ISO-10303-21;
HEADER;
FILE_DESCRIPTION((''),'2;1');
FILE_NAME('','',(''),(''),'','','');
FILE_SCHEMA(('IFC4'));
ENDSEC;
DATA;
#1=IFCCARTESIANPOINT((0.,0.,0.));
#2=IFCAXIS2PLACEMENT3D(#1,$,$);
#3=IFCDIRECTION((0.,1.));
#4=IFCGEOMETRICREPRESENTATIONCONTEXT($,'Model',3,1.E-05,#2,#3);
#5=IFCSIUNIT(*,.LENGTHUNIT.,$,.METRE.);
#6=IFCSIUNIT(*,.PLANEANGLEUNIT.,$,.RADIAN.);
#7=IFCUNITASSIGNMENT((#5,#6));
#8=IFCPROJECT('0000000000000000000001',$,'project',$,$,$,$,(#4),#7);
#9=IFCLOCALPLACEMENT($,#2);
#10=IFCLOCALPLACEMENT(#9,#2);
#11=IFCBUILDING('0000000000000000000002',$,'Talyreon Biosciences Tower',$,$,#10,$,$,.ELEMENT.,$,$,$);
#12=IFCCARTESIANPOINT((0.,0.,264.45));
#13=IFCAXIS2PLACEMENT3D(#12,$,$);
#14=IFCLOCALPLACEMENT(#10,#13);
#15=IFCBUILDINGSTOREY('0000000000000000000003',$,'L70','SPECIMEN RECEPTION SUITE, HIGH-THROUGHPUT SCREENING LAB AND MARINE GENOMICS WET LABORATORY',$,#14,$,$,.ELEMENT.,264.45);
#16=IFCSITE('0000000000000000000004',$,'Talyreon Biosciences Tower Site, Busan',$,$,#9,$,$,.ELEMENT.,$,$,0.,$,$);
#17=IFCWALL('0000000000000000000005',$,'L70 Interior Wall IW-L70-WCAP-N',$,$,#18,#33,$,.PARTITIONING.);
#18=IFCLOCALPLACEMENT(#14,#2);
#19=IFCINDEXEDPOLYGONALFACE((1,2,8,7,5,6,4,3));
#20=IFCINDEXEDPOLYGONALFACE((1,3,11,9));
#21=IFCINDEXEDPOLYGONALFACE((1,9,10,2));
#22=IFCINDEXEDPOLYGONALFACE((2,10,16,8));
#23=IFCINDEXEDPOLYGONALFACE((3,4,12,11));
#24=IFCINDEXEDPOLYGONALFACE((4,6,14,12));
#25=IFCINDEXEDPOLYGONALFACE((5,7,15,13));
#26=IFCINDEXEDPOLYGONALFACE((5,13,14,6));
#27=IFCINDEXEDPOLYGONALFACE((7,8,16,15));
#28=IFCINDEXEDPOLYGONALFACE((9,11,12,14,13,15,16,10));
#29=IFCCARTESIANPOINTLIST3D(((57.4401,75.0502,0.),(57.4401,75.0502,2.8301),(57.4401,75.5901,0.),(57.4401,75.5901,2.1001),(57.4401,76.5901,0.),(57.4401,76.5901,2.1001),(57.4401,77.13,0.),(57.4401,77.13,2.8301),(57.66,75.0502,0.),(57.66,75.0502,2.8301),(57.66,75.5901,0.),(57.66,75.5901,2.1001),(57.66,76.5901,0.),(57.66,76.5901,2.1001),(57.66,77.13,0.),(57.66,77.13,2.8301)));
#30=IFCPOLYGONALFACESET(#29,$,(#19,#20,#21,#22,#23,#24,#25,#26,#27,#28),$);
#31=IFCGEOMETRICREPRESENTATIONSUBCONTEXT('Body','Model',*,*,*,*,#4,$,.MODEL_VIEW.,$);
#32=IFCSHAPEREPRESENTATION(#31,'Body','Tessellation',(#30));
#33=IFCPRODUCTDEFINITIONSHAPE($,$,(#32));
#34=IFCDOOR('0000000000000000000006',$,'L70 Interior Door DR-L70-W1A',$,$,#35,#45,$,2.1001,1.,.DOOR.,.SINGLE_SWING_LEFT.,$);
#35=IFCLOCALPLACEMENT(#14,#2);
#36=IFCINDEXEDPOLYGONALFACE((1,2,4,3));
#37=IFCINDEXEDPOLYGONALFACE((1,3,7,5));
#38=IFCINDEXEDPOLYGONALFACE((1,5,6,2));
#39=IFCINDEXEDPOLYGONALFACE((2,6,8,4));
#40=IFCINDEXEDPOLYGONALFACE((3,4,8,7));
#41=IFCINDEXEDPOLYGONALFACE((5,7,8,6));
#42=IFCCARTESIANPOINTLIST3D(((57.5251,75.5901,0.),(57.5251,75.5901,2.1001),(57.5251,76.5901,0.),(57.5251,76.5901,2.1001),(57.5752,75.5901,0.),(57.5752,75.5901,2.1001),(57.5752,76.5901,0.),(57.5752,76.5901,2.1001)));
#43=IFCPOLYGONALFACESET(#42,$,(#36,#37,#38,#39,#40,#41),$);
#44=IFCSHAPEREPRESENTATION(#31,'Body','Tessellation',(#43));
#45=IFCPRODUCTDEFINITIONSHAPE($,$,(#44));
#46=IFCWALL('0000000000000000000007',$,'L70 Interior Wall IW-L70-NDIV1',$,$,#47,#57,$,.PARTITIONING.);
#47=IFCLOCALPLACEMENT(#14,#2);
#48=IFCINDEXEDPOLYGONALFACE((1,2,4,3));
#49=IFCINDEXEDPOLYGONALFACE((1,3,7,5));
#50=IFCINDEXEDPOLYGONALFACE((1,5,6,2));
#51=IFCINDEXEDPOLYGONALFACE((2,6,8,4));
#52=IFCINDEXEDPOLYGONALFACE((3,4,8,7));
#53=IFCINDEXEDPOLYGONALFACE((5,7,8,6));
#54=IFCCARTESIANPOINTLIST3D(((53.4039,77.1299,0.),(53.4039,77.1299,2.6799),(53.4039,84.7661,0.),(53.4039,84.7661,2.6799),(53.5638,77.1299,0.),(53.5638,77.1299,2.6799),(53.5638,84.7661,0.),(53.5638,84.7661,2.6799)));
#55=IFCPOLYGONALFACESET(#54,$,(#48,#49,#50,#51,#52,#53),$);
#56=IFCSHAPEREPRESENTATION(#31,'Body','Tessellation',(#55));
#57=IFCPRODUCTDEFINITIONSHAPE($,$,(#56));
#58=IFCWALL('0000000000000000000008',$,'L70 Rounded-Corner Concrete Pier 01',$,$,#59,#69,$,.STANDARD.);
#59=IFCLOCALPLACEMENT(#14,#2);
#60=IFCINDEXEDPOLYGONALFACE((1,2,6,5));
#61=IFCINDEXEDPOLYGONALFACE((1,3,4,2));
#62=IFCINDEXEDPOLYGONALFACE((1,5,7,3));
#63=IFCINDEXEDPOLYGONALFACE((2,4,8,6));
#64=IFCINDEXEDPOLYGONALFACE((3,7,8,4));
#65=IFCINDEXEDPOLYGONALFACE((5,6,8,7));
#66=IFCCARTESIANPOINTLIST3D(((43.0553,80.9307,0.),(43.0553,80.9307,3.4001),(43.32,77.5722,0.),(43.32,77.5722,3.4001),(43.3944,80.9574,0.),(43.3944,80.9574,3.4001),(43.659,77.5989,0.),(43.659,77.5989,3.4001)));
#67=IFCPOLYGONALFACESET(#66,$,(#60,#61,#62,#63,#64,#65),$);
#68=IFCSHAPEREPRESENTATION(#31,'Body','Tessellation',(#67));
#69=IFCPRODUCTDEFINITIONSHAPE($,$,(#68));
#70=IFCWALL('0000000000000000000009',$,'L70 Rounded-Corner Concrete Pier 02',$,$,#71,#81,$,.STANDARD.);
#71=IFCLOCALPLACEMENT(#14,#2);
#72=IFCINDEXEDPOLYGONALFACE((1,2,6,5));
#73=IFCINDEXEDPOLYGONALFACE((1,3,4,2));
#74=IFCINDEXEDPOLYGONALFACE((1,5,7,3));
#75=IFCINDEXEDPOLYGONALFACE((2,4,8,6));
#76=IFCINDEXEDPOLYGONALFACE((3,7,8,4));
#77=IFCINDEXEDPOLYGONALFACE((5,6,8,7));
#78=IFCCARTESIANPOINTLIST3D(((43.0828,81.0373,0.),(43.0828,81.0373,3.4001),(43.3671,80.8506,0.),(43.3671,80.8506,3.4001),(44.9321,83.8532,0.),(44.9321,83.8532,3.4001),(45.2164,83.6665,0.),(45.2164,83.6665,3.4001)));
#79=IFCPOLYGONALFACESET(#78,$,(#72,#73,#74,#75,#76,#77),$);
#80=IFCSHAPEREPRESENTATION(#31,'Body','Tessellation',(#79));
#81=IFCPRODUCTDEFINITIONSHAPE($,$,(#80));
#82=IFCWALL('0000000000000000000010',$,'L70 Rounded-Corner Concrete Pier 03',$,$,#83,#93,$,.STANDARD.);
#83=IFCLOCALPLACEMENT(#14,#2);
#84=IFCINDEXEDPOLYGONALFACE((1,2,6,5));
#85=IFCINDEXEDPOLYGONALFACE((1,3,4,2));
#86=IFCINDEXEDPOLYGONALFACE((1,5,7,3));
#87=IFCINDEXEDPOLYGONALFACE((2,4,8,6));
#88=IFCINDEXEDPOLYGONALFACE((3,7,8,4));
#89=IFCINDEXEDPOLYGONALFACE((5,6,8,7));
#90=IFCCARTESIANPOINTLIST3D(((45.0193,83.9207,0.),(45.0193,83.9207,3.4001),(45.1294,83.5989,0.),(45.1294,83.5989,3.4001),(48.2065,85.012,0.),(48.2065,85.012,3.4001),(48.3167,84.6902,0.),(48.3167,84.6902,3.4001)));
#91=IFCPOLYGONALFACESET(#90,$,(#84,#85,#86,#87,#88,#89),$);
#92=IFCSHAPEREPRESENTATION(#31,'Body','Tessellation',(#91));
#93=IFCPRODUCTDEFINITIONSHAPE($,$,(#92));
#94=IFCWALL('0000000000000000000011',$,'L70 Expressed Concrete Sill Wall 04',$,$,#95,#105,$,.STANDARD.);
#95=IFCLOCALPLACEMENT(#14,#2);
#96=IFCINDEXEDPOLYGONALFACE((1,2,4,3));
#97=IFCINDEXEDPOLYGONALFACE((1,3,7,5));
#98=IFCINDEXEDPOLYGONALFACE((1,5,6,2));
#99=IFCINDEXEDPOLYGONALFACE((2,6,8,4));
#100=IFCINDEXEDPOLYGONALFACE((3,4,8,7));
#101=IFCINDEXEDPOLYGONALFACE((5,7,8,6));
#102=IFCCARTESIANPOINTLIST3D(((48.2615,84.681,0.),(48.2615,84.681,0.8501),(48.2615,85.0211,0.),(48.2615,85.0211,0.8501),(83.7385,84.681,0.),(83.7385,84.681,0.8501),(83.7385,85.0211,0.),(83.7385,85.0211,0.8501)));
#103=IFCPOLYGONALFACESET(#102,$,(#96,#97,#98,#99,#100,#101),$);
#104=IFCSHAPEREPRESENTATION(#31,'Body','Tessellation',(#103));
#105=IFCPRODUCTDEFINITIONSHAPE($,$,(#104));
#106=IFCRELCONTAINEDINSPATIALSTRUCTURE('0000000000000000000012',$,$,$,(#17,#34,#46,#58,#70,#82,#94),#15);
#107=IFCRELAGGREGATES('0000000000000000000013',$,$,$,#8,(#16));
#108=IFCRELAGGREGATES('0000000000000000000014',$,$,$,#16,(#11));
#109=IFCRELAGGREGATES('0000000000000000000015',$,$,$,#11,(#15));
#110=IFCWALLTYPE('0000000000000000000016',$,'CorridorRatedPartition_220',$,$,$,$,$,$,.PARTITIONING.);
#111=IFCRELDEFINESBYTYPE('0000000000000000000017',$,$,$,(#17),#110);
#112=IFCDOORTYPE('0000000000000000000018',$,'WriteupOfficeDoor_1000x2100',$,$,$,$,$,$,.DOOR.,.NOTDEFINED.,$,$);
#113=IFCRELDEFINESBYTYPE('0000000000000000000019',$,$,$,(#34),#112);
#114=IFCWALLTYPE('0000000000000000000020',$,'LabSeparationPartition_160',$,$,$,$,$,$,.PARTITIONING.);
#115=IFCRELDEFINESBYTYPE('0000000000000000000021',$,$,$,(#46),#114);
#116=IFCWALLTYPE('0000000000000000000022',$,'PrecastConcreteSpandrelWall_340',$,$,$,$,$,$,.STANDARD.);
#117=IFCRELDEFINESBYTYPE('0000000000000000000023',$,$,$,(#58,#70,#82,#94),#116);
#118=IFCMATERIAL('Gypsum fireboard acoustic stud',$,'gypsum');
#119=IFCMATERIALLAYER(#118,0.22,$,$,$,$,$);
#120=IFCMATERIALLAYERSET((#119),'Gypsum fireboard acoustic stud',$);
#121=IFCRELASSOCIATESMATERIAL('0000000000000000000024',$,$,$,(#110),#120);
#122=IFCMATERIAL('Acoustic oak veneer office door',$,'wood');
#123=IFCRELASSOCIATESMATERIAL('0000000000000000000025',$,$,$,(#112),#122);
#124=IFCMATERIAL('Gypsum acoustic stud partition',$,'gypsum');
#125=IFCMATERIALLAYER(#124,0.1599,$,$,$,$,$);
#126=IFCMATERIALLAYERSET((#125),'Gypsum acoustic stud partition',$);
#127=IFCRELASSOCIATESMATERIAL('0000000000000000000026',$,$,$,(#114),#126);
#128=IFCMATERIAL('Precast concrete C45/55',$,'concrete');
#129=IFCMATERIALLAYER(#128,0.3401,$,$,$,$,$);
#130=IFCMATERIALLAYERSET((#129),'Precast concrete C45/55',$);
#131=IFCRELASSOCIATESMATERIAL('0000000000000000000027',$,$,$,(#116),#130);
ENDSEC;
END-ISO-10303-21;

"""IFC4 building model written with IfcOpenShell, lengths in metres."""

from ifc_helpers import new_model, si_unit, direction, frame, frame_2d, origin, place, context, subcontext, project, spatial, rectangle, extrude, material, layer, layer_set, type_object, element, fill, save


model = new_model("IFC4")

# Units and contexts
model_context = context("Model", 3, precision=1e-05, world=origin(), true_north=direction((0.0, 1.0)))
body_context = subcontext(model_context, "Body", "Model", "MODEL_VIEW")
ifc_project = project(units=[si_unit("LENGTHUNIT", "METRE"), si_unit("PLANEANGLEUNIT", "RADIAN")], contexts=[model_context])

# Site, building, storey
site_placement = place(None, origin())
site = spatial("IfcSite", under=ifc_project, at=site_placement, Name="Talyreon Biosciences Tower Site, Busan", CompositionType="ELEMENT", RefElevation=0.0)
building_placement = place(site_placement, origin())
building = spatial("IfcBuilding", under=site, at=building_placement, Name="Talyreon Biosciences Tower", CompositionType="ELEMENT")
storey_placement = place(building_placement, frame((0.0, 0.0, 264.45)))
storey = spatial("IfcBuildingStorey", under=building, at=storey_placement, Name="L70", Description="SPECIMEN RECEPTION SUITE, HIGH-THROUGHPUT SCREENING LAB AND MARINE GENOMICS WET LABORATORY", CompositionType="ELEMENT", Elevation=264.45)

# Shared definitions
ifc_material_1 = material(Name="Precast concrete C45/55", Category="concrete")

# Shared definitions
ifc_material_2 = material(Name="Gypsum fireboard acoustic stud", Category="gypsum")
ifc_layer_1 = layer(ifc_material_2, 0.22)
ifc_layer_set_1 = layer_set([ifc_layer_1], Name="Gypsum fireboard acoustic stud")
wall_type_1 = type_object("IfcWallType", Name="CorridorRatedPartition_220", PredefinedType="PARTITIONING", material=ifc_layer_set_1)
ifc_material_3 = material(Name="Acoustic oak veneer office door", Category="wood")
door_type_1 = type_object("IfcDoorType", Name="WriteupOfficeDoor_1000x2100", OperationType="NOTDEFINED", PredefinedType="DOOR", material=ifc_material_3)

# Wall, opening, door
wall_1_placement = place(storey_placement, frame((57.55, 75.05, 0.0), z_axis=(0.0, 0.0, 1.0), x_axis=(0.0, 1.0, 0.0)))
wall_1 = element("IfcWall", 1, at=wall_1_placement, inside=storey, type_object=wall_type_1, Name="L70 Interior Wall IW-L70-WCAP-N", PredefinedType="PARTITIONING", context=body_context, shape_type="SweptSolid", body=[
    extrude(rectangle(XDim=2.0798, YDim=0.22, at=frame_2d((1.04, 0.0))), origin(), (0.0, 0.0, 1.0), 2.8301),
])
opening_1_placement = place(wall_1_placement, frame((0.54, 0.0, 0.0)))
opening_1 = element("IfcOpeningElement", 2, at=opening_1_placement, cuts=wall_1, PredefinedType="OPENING", context=body_context, shape_type="SweptSolid", body=[
    extrude(rectangle(XDim=1.0, YDim=2.1001, at=frame_2d((0.5, 1.05))), frame((0.0, 0.1199, 0.0), z_axis=(0.0, -1.0, 0.0), x_axis=(1.0, 0.0, 0.0)), (0.0, 0.0, 1.0), 0.24),
])
door_1_placement = place(opening_1_placement, origin())
door_1 = element("IfcDoor", 3, at=door_1_placement, inside=storey, type_object=door_type_1, Name="L70 Interior Door DR-L70-W1A", OperationType="SINGLE_SWING_LEFT", OverallHeight=2.1001, OverallWidth=1.0, PredefinedType="DOOR", context=body_context, shape_type="SweptSolid", body=[
    extrude(rectangle(XDim=1.0, YDim=2.1001, at=frame_2d((0.5, 1.05))), frame((0.0, 0.0249, 0.0), z_axis=(0.0, -1.0, 0.0), x_axis=(1.0, 0.0, 0.0)), (0.0, 0.0, 1.0), 0.05),
])
fill(opening_1, door_1)

# Walls
ifc_material_4 = material(Name="Gypsum acoustic stud partition", Category="gypsum")
ifc_layer_2 = layer(ifc_material_4, 0.1599)
ifc_layer_set_2 = layer_set([ifc_layer_2], Name="Gypsum acoustic stud partition")
wall_type_2 = type_object("IfcWallType", Name="LabSeparationPartition_160", PredefinedType="PARTITIONING", material=ifc_layer_set_2)
wall_2_placement = place(storey_placement, frame((53.4839, 77.1299, 0.0), z_axis=(0.0, 0.0, 1.0), x_axis=(0.0, 1.0, 0.0)))
element("IfcWall", 4, at=wall_2_placement, inside=storey, type_object=wall_type_2, Name="L70 Interior Wall IW-L70-NDIV1", PredefinedType="PARTITIONING", context=body_context, shape_type="SweptSolid", body=[
    extrude(rectangle(XDim=7.6362, YDim=0.1599, at=frame_2d((3.8181, 0.0))), origin(), (0.0, 0.0, 1.0), 2.6799),
])
ifc_layer_3 = layer(ifc_material_1, 0.3401)
ifc_layer_set_3 = layer_set([ifc_layer_3], Name="Precast concrete C45/55")
wall_type_3 = type_object("IfcWallType", Name="PrecastConcreteSpandrelWall_340", PredefinedType="STANDARD", material=ifc_layer_set_3)
for number, where, z_axis, x_axis, name in (
    (5, (43.4895, 77.5854, 0.0), (0.0, 0.0, 1.0), (-0.078558, 0.99691, 0.0), "L70 Rounded-Corner Concrete Pier 01"),
    (6, (43.2249, 80.9438, 0.0), (0.0, 0.0, 1.0), (0.548951, 0.835855, 0.0), "L70 Rounded-Corner Concrete Pier 02"),
    (7, (45.0742, 83.7598, 0.0), (0.0, 0.0, 1.0), (0.946079, 0.323935, 0.0), "L70 Rounded-Corner Concrete Pier 03"),
):
    element("IfcWall", number, at=place(storey_placement, frame(where, z_axis=z_axis, x_axis=x_axis)), inside=storey, type_object=wall_type_3, Name=name, PredefinedType="STANDARD", context=body_context, shape_type="SweptSolid", body=[
        extrude(rectangle(XDim=3.3689, YDim=0.3401, at=frame_2d((1.6846, 0.0))), origin(), (0.0, 0.0, 1.0), 3.4001),
    ])
wall_3_placement = place(storey_placement, frame((48.2615, 84.8511, 0.0), z_axis=(0.0, 0.0, 1.0), x_axis=(1.0, 0.0, 0.0)))
element("IfcWall", 8, at=wall_3_placement, inside=storey, type_object=wall_type_3, Name="L70 Expressed Concrete Sill Wall 04", PredefinedType="STANDARD", context=body_context, shape_type="SweptSolid", body=[
    extrude(rectangle(XDim=35.4771, YDim=0.3401, at=frame_2d((17.7385, 0.0))), origin(), (0.0, 0.0, 1.0), 0.8501),
])

save(model, "model.ifc")
